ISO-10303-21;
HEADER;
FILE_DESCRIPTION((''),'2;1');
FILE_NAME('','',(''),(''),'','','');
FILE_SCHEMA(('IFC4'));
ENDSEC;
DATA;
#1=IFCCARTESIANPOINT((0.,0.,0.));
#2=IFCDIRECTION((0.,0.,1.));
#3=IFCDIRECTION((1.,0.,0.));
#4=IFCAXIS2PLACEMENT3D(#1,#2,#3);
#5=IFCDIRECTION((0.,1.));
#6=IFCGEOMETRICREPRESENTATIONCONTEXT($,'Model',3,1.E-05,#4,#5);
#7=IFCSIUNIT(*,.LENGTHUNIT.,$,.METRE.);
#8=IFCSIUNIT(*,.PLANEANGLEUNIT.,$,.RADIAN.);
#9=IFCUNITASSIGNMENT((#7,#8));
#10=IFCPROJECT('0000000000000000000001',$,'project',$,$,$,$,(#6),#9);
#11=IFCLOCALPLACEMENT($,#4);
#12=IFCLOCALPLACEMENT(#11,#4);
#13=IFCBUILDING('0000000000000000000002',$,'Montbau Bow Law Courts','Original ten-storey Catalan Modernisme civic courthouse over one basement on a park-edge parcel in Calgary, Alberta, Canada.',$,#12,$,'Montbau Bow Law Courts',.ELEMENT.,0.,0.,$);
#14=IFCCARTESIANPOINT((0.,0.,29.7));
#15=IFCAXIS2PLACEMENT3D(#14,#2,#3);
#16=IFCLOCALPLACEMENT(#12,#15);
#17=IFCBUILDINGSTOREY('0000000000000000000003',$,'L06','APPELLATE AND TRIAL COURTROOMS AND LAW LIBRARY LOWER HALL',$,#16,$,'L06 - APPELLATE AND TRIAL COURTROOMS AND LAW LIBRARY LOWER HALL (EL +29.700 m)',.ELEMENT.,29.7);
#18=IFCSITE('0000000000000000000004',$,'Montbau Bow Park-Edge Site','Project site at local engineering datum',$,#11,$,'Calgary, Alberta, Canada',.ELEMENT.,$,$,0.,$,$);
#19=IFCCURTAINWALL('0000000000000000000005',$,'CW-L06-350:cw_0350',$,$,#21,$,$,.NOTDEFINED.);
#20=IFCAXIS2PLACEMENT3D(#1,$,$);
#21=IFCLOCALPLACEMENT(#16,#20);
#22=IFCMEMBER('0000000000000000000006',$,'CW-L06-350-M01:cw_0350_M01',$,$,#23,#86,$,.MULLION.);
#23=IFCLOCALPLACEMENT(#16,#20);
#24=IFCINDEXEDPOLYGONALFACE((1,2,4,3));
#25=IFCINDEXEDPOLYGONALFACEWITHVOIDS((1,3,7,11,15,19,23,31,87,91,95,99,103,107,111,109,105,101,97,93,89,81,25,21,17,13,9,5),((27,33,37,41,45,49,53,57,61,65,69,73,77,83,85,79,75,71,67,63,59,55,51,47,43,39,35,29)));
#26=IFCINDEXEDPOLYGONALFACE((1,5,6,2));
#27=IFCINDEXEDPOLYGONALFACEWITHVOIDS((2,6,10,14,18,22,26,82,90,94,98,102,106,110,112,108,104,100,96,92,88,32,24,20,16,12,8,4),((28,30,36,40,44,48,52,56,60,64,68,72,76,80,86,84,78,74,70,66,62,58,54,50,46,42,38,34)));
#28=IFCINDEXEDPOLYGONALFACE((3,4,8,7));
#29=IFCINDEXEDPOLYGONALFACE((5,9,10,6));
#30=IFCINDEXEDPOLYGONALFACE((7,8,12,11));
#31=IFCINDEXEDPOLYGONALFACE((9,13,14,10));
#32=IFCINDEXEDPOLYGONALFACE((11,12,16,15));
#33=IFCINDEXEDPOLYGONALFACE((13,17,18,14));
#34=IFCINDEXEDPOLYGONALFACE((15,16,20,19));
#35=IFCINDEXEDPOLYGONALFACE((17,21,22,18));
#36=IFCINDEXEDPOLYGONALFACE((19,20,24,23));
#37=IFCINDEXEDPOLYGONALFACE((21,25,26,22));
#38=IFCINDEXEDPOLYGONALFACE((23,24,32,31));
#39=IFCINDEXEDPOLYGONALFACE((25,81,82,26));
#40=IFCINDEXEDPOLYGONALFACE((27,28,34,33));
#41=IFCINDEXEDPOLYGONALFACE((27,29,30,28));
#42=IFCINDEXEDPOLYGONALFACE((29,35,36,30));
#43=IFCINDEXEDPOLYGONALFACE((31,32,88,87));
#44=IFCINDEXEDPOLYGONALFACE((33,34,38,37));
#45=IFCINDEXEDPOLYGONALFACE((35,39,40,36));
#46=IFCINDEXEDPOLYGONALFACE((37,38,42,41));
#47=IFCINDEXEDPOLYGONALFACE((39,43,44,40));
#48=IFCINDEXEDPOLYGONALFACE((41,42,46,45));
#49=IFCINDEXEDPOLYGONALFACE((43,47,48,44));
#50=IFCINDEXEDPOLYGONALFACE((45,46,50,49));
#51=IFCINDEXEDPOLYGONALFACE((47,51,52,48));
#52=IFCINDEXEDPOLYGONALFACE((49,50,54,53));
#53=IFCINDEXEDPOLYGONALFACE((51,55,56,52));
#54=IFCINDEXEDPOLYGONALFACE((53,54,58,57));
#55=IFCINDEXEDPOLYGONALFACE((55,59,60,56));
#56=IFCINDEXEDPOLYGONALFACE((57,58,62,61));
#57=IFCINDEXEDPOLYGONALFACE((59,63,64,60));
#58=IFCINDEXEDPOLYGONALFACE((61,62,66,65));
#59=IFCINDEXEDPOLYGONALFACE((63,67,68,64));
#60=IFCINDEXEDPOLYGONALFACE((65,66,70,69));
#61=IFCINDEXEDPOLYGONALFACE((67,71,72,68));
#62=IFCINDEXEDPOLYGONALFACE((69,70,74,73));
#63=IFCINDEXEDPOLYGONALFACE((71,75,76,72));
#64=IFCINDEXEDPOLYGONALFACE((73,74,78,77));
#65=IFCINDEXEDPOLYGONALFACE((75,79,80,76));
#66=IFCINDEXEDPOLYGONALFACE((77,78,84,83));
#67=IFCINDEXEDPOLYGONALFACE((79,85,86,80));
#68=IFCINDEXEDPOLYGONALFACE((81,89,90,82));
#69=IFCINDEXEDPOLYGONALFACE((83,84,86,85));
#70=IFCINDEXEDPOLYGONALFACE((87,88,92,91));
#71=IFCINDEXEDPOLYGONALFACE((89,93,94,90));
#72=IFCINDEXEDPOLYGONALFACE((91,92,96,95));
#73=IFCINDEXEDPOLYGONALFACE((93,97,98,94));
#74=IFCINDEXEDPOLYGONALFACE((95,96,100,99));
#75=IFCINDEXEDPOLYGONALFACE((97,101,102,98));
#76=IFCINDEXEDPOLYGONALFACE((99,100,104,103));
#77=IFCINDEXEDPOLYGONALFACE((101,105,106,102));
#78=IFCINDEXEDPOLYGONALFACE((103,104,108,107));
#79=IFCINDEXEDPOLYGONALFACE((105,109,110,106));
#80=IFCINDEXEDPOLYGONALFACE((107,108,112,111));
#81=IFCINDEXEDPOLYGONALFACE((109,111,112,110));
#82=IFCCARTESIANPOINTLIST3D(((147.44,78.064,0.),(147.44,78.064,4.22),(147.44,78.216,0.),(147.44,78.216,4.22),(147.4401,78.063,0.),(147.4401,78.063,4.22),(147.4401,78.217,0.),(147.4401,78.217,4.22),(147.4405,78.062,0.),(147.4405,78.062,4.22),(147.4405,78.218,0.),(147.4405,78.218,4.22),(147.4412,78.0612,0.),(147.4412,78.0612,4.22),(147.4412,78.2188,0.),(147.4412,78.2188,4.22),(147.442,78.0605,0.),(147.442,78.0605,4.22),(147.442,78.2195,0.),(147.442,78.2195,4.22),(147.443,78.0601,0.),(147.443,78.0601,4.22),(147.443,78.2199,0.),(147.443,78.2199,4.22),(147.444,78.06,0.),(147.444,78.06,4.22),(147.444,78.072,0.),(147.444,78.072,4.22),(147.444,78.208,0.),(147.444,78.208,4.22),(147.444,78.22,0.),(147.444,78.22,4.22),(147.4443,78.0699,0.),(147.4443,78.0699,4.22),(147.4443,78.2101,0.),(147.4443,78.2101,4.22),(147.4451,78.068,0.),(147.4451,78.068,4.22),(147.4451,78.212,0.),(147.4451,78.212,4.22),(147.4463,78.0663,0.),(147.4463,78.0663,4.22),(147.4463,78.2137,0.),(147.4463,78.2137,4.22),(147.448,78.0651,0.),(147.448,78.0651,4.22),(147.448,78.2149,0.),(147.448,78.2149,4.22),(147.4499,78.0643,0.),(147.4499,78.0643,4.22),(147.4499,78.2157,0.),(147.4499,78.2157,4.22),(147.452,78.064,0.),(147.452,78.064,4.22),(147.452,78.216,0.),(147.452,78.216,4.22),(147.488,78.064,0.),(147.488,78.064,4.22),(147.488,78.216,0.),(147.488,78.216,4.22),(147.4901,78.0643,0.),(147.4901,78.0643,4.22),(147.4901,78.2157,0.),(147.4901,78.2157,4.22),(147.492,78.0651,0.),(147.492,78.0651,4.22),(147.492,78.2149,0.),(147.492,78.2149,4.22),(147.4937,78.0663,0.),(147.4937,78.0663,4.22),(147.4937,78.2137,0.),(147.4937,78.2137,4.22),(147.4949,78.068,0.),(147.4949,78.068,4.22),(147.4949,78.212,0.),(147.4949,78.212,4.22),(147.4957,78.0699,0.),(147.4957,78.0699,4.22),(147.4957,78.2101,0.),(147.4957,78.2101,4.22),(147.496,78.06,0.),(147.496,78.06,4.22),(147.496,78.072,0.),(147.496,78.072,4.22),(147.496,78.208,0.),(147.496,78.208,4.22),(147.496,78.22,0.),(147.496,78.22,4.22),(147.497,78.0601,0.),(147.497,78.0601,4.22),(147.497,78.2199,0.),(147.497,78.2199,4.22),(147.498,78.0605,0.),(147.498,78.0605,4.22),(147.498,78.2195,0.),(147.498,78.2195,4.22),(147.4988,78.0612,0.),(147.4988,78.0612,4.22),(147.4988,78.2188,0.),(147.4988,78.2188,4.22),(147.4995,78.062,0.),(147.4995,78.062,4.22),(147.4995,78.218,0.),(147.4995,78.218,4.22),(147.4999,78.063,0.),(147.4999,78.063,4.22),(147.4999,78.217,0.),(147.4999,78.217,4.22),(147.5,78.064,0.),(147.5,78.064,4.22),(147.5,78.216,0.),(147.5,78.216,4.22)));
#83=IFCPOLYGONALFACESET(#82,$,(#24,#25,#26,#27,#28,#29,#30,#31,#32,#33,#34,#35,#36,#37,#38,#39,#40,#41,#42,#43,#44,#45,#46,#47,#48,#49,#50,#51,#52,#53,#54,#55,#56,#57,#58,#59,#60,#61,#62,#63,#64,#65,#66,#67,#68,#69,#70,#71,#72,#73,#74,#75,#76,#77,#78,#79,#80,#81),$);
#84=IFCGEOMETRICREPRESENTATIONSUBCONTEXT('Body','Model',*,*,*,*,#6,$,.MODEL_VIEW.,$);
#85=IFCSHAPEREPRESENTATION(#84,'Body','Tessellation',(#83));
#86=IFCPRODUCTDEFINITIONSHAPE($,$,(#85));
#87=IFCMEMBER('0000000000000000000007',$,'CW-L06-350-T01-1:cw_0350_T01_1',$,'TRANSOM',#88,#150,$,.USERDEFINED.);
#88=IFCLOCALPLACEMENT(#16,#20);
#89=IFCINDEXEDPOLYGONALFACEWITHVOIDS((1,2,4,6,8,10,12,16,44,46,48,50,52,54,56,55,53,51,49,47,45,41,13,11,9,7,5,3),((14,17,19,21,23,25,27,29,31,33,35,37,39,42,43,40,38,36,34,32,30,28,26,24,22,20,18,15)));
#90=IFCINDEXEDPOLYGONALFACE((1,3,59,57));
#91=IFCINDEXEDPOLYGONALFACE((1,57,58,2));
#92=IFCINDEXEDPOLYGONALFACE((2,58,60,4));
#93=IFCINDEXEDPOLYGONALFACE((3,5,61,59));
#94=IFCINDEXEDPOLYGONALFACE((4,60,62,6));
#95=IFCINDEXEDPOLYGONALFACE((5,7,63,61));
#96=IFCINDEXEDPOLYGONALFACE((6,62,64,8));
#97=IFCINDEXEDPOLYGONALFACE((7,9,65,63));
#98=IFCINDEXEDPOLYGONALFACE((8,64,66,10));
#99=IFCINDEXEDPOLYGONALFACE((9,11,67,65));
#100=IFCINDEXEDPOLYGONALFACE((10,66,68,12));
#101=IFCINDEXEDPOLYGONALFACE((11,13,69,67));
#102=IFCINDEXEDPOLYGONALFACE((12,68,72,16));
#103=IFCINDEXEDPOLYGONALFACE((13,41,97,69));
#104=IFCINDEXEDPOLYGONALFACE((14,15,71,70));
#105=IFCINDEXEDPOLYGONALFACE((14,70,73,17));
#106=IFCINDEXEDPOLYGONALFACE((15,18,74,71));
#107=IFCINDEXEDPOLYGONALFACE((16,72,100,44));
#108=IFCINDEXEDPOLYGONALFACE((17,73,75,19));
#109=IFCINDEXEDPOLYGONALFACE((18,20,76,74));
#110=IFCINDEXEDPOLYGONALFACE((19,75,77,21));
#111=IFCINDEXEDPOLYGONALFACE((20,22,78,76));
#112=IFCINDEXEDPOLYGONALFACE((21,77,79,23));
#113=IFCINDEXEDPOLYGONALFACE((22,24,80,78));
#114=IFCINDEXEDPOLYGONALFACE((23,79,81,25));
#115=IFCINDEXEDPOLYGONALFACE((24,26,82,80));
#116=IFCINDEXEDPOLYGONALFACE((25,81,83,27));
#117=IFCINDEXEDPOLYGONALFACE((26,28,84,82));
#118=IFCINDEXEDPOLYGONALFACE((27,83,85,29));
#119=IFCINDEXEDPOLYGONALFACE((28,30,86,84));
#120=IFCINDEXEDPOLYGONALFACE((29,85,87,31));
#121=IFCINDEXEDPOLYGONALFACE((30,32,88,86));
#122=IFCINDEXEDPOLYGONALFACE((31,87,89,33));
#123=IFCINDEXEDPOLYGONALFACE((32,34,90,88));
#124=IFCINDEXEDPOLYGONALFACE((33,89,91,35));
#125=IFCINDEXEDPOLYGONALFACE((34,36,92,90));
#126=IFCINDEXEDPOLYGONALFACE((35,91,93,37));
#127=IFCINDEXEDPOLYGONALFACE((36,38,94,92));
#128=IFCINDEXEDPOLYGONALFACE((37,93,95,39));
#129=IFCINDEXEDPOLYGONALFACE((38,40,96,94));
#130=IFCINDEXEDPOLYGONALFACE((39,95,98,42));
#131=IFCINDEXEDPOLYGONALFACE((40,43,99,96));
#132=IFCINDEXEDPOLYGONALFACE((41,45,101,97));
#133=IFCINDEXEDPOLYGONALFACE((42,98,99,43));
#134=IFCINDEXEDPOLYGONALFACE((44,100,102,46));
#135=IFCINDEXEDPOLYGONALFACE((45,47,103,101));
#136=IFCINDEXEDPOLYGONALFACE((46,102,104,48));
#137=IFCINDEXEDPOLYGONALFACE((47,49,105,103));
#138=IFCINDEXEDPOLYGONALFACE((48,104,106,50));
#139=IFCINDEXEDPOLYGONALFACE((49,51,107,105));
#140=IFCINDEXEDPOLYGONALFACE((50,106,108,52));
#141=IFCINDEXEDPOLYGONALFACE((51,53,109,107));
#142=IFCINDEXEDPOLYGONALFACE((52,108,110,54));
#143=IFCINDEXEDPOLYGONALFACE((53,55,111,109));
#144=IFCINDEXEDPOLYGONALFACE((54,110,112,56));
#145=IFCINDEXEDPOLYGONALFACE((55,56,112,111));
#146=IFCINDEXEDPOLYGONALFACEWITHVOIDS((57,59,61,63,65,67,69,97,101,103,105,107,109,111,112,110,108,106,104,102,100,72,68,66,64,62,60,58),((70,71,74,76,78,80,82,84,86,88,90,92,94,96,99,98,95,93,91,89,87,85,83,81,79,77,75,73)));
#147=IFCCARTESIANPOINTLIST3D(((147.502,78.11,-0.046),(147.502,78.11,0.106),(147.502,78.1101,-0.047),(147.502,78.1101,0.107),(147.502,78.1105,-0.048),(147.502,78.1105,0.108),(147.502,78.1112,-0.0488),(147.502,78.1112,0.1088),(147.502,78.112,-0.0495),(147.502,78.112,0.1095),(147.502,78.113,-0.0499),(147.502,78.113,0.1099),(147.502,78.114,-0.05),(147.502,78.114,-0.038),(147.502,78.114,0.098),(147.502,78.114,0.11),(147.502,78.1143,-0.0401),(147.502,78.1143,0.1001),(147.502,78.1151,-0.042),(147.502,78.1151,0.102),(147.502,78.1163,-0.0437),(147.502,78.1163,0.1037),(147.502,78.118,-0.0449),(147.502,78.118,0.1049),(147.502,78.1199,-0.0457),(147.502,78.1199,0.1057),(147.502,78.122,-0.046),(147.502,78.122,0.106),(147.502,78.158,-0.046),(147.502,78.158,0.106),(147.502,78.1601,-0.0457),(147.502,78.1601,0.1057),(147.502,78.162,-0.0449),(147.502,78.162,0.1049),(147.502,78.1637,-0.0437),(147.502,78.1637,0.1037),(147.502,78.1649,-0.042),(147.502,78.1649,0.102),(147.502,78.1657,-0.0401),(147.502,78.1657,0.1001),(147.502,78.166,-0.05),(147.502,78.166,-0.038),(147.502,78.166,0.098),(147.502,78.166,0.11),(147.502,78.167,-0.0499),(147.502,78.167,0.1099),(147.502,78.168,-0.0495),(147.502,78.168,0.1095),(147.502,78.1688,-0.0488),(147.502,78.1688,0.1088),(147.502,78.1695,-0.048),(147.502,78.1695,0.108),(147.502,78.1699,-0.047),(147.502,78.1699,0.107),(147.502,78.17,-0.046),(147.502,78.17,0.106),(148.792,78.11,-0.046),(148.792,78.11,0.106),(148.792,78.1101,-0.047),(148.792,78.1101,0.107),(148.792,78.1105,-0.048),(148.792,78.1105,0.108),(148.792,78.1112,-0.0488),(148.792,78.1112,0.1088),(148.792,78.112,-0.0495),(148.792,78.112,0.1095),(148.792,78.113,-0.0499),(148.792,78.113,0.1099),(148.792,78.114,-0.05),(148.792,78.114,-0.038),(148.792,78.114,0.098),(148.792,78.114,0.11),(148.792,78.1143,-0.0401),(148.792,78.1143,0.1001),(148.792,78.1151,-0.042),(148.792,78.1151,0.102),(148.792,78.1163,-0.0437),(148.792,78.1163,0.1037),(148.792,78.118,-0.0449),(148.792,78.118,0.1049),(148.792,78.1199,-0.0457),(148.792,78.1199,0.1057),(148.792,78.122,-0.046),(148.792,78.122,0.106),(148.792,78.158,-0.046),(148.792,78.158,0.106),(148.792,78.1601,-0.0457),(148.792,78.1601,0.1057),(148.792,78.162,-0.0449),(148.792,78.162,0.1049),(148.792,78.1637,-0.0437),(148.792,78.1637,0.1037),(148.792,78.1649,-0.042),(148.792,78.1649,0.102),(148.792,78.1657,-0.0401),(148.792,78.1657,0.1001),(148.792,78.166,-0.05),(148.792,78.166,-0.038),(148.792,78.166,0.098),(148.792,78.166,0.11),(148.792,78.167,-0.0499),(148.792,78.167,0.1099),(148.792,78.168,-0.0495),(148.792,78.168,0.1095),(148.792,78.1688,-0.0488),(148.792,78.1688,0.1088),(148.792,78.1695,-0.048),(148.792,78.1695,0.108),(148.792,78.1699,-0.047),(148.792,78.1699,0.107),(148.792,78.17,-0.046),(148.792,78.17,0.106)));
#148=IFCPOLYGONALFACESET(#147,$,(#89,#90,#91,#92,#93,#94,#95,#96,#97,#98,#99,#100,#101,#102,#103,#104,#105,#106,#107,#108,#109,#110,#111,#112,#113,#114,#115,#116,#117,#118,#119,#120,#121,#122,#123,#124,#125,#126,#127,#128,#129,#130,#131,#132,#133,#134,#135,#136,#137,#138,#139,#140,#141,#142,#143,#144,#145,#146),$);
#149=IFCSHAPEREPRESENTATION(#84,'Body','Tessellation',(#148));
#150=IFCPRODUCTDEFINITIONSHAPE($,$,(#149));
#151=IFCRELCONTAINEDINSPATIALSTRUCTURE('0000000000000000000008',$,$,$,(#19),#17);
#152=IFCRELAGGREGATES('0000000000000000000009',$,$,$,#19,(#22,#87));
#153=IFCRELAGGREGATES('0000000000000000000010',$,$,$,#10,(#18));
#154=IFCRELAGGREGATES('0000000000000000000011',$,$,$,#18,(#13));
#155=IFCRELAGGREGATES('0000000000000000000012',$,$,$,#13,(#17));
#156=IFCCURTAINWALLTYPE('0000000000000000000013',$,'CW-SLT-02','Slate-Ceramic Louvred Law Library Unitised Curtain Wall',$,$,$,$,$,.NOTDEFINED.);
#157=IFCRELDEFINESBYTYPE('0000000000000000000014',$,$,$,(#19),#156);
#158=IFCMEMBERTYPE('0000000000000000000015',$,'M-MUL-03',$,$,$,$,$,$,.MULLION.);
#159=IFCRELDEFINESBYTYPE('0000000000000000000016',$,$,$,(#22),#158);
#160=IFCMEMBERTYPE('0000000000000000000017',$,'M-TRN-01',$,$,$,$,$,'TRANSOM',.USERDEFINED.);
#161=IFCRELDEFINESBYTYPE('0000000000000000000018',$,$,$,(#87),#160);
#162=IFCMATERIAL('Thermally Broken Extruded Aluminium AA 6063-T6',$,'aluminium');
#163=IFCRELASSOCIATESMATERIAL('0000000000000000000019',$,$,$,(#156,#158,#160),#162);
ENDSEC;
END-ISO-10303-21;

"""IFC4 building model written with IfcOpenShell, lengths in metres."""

from ifc_helpers import new_model, si_unit, direction, frame, origin_with_axes, origin_2d_with_axis, place, context, subcontext, project, spatial, hollow_rectangle, extrude, material, material_profile, profile_set, type_object, element, aggregate, save


model = new_model("IFC4")

# Units and contexts
model_context = context("Model", 3, precision=1e-05, world=origin_with_axes(), true_north=direction((0.0, 1.0)))
body_context = subcontext(model_context, "Body", "Model", "MODEL_VIEW")
ifc_project = project(units=[si_unit("LENGTHUNIT", "METRE"), si_unit("PLANEANGLEUNIT", "RADIAN")], contexts=[model_context])

# Site, building, storey
site_placement = place(None, origin_with_axes())
site = spatial("IfcSite", under=ifc_project, at=site_placement, Name="Montbau Bow Park-Edge Site", Description="Project site at local engineering datum", LongName="Calgary, Alberta, Canada", CompositionType="ELEMENT", RefElevation=0.0)
building_placement = place(site_placement, origin_with_axes())
building = spatial("IfcBuilding", under=site, at=building_placement, Name="Montbau Bow Law Courts", Description="Original ten-storey Catalan Modernisme civic courthouse over one basement on a park-edge parcel in Calgary, Alberta, Canada.", LongName="Montbau Bow Law Courts", CompositionType="ELEMENT", ElevationOfRefHeight=0.0, ElevationOfTerrain=0.0)
storey_placement = place(building_placement, frame((0.0, 0.0, 29.7), z_axis=(0.0, 0.0, 1.0), x_axis=(1.0, 0.0, 0.0)))
storey = spatial("IfcBuildingStorey", under=building, at=storey_placement, Name="L06", Description="APPELLATE AND TRIAL COURTROOMS AND LAW LIBRARY LOWER HALL", LongName="L06 - APPELLATE AND TRIAL COURTROOMS AND LAW LIBRARY LOWER HALL (EL +29.700 m)", CompositionType="ELEMENT", Elevation=29.7)

# Curtain wall, members
ifc_material_1 = material(Name="Thermally Broken Extruded Aluminium AA 6063-T6", Category="aluminium")
curtain_wall_type = type_object("IfcCurtainWallType", Name="CW-SLT-02", Description="Slate-Ceramic Louvred Law Library Unitised Curtain Wall", PredefinedType="NOTDEFINED", material=ifc_material_1)
curtain_wall_1_placement = place(None, frame((147.44, 78.14, 29.7), z_axis=(0.0, 0.0, 1.0), x_axis=(1.0, 0.0, 0.0)))
curtain_wall_1 = element("IfcCurtainWall", 1, at=curtain_wall_1_placement, inside=storey, type_object=curtain_wall_type, Name="CW-L06-350:cw_0350", PredefinedType="NOTDEFINED")
ifc_material_profile_1 = material_profile(ifc_material_1, hollow_rectangle(XDim=0.06, YDim=0.16, WallThickness=0.004, InnerFilletRadius=0.008, OuterFilletRadius=0.004, at=origin_2d_with_axis()), Name="CWM-160X60", Category="Main", Priority=0)
ifc_profile_set_1 = profile_set([ifc_material_profile_1], Name="Thermally Broken Extruded Aluminium AA 6063-T6")
member_type_1 = type_object("IfcMemberType", Name="M-MUL-03", PredefinedType="MULLION", material=ifc_profile_set_1)
member_1_placement = place(None, frame((147.47, 78.14, 29.7), z_axis=(0.0, 0.0, 1.0), x_axis=(1.0, 0.0, 0.0)))
member_1 = element("IfcMember", 2, at=member_1_placement, type_object=member_type_1, Name="CW-L06-350-M01:cw_0350_M01", PredefinedType="MULLION", context=body_context, shape_type="SweptSolid", body=[
    extrude(hollow_rectangle(XDim=0.06, YDim=0.16, WallThickness=0.004, InnerFilletRadius=0.008, OuterFilletRadius=0.004, at=origin_2d_with_axis()), origin_with_axes(), (0.0, 0.0, 1.0), 4.22),
])
ifc_material_profile_2 = material_profile(ifc_material_1, hollow_rectangle(XDim=0.06, YDim=0.16, WallThickness=0.004, InnerFilletRadius=0.008, OuterFilletRadius=0.004, at=origin_2d_with_axis()), Name="CWT-160X60", Category="Main", Priority=0)
ifc_profile_set_2 = profile_set([ifc_material_profile_2], Name="Thermally Broken Extruded Aluminium AA 6063-T6")
member_type_2 = type_object("IfcMemberType", Name="M-TRN-01", ElementType="TRANSOM", PredefinedType="USERDEFINED", material=ifc_profile_set_2)
member_2_placement = place(None, frame((147.502, 78.14, 29.73), z_axis=(1.0, 0.0, 0.0), x_axis=(0.0, 1.0, 0.0)))
member_2 = element("IfcMember", 3, at=member_2_placement, type_object=member_type_2, Name="CW-L06-350-T01-1:cw_0350_T01_1", ObjectType="TRANSOM", PredefinedType="USERDEFINED", context=body_context, shape_type="SweptSolid", body=[
    extrude(hollow_rectangle(XDim=0.06, YDim=0.16, WallThickness=0.004, InnerFilletRadius=0.008, OuterFilletRadius=0.004, at=origin_2d_with_axis()), origin_with_axes(), (0.0, 0.0, 1.0), 1.29),
])

aggregate(curtain_wall_1, [member_1, member_2])

save(model, "model.ifc")
